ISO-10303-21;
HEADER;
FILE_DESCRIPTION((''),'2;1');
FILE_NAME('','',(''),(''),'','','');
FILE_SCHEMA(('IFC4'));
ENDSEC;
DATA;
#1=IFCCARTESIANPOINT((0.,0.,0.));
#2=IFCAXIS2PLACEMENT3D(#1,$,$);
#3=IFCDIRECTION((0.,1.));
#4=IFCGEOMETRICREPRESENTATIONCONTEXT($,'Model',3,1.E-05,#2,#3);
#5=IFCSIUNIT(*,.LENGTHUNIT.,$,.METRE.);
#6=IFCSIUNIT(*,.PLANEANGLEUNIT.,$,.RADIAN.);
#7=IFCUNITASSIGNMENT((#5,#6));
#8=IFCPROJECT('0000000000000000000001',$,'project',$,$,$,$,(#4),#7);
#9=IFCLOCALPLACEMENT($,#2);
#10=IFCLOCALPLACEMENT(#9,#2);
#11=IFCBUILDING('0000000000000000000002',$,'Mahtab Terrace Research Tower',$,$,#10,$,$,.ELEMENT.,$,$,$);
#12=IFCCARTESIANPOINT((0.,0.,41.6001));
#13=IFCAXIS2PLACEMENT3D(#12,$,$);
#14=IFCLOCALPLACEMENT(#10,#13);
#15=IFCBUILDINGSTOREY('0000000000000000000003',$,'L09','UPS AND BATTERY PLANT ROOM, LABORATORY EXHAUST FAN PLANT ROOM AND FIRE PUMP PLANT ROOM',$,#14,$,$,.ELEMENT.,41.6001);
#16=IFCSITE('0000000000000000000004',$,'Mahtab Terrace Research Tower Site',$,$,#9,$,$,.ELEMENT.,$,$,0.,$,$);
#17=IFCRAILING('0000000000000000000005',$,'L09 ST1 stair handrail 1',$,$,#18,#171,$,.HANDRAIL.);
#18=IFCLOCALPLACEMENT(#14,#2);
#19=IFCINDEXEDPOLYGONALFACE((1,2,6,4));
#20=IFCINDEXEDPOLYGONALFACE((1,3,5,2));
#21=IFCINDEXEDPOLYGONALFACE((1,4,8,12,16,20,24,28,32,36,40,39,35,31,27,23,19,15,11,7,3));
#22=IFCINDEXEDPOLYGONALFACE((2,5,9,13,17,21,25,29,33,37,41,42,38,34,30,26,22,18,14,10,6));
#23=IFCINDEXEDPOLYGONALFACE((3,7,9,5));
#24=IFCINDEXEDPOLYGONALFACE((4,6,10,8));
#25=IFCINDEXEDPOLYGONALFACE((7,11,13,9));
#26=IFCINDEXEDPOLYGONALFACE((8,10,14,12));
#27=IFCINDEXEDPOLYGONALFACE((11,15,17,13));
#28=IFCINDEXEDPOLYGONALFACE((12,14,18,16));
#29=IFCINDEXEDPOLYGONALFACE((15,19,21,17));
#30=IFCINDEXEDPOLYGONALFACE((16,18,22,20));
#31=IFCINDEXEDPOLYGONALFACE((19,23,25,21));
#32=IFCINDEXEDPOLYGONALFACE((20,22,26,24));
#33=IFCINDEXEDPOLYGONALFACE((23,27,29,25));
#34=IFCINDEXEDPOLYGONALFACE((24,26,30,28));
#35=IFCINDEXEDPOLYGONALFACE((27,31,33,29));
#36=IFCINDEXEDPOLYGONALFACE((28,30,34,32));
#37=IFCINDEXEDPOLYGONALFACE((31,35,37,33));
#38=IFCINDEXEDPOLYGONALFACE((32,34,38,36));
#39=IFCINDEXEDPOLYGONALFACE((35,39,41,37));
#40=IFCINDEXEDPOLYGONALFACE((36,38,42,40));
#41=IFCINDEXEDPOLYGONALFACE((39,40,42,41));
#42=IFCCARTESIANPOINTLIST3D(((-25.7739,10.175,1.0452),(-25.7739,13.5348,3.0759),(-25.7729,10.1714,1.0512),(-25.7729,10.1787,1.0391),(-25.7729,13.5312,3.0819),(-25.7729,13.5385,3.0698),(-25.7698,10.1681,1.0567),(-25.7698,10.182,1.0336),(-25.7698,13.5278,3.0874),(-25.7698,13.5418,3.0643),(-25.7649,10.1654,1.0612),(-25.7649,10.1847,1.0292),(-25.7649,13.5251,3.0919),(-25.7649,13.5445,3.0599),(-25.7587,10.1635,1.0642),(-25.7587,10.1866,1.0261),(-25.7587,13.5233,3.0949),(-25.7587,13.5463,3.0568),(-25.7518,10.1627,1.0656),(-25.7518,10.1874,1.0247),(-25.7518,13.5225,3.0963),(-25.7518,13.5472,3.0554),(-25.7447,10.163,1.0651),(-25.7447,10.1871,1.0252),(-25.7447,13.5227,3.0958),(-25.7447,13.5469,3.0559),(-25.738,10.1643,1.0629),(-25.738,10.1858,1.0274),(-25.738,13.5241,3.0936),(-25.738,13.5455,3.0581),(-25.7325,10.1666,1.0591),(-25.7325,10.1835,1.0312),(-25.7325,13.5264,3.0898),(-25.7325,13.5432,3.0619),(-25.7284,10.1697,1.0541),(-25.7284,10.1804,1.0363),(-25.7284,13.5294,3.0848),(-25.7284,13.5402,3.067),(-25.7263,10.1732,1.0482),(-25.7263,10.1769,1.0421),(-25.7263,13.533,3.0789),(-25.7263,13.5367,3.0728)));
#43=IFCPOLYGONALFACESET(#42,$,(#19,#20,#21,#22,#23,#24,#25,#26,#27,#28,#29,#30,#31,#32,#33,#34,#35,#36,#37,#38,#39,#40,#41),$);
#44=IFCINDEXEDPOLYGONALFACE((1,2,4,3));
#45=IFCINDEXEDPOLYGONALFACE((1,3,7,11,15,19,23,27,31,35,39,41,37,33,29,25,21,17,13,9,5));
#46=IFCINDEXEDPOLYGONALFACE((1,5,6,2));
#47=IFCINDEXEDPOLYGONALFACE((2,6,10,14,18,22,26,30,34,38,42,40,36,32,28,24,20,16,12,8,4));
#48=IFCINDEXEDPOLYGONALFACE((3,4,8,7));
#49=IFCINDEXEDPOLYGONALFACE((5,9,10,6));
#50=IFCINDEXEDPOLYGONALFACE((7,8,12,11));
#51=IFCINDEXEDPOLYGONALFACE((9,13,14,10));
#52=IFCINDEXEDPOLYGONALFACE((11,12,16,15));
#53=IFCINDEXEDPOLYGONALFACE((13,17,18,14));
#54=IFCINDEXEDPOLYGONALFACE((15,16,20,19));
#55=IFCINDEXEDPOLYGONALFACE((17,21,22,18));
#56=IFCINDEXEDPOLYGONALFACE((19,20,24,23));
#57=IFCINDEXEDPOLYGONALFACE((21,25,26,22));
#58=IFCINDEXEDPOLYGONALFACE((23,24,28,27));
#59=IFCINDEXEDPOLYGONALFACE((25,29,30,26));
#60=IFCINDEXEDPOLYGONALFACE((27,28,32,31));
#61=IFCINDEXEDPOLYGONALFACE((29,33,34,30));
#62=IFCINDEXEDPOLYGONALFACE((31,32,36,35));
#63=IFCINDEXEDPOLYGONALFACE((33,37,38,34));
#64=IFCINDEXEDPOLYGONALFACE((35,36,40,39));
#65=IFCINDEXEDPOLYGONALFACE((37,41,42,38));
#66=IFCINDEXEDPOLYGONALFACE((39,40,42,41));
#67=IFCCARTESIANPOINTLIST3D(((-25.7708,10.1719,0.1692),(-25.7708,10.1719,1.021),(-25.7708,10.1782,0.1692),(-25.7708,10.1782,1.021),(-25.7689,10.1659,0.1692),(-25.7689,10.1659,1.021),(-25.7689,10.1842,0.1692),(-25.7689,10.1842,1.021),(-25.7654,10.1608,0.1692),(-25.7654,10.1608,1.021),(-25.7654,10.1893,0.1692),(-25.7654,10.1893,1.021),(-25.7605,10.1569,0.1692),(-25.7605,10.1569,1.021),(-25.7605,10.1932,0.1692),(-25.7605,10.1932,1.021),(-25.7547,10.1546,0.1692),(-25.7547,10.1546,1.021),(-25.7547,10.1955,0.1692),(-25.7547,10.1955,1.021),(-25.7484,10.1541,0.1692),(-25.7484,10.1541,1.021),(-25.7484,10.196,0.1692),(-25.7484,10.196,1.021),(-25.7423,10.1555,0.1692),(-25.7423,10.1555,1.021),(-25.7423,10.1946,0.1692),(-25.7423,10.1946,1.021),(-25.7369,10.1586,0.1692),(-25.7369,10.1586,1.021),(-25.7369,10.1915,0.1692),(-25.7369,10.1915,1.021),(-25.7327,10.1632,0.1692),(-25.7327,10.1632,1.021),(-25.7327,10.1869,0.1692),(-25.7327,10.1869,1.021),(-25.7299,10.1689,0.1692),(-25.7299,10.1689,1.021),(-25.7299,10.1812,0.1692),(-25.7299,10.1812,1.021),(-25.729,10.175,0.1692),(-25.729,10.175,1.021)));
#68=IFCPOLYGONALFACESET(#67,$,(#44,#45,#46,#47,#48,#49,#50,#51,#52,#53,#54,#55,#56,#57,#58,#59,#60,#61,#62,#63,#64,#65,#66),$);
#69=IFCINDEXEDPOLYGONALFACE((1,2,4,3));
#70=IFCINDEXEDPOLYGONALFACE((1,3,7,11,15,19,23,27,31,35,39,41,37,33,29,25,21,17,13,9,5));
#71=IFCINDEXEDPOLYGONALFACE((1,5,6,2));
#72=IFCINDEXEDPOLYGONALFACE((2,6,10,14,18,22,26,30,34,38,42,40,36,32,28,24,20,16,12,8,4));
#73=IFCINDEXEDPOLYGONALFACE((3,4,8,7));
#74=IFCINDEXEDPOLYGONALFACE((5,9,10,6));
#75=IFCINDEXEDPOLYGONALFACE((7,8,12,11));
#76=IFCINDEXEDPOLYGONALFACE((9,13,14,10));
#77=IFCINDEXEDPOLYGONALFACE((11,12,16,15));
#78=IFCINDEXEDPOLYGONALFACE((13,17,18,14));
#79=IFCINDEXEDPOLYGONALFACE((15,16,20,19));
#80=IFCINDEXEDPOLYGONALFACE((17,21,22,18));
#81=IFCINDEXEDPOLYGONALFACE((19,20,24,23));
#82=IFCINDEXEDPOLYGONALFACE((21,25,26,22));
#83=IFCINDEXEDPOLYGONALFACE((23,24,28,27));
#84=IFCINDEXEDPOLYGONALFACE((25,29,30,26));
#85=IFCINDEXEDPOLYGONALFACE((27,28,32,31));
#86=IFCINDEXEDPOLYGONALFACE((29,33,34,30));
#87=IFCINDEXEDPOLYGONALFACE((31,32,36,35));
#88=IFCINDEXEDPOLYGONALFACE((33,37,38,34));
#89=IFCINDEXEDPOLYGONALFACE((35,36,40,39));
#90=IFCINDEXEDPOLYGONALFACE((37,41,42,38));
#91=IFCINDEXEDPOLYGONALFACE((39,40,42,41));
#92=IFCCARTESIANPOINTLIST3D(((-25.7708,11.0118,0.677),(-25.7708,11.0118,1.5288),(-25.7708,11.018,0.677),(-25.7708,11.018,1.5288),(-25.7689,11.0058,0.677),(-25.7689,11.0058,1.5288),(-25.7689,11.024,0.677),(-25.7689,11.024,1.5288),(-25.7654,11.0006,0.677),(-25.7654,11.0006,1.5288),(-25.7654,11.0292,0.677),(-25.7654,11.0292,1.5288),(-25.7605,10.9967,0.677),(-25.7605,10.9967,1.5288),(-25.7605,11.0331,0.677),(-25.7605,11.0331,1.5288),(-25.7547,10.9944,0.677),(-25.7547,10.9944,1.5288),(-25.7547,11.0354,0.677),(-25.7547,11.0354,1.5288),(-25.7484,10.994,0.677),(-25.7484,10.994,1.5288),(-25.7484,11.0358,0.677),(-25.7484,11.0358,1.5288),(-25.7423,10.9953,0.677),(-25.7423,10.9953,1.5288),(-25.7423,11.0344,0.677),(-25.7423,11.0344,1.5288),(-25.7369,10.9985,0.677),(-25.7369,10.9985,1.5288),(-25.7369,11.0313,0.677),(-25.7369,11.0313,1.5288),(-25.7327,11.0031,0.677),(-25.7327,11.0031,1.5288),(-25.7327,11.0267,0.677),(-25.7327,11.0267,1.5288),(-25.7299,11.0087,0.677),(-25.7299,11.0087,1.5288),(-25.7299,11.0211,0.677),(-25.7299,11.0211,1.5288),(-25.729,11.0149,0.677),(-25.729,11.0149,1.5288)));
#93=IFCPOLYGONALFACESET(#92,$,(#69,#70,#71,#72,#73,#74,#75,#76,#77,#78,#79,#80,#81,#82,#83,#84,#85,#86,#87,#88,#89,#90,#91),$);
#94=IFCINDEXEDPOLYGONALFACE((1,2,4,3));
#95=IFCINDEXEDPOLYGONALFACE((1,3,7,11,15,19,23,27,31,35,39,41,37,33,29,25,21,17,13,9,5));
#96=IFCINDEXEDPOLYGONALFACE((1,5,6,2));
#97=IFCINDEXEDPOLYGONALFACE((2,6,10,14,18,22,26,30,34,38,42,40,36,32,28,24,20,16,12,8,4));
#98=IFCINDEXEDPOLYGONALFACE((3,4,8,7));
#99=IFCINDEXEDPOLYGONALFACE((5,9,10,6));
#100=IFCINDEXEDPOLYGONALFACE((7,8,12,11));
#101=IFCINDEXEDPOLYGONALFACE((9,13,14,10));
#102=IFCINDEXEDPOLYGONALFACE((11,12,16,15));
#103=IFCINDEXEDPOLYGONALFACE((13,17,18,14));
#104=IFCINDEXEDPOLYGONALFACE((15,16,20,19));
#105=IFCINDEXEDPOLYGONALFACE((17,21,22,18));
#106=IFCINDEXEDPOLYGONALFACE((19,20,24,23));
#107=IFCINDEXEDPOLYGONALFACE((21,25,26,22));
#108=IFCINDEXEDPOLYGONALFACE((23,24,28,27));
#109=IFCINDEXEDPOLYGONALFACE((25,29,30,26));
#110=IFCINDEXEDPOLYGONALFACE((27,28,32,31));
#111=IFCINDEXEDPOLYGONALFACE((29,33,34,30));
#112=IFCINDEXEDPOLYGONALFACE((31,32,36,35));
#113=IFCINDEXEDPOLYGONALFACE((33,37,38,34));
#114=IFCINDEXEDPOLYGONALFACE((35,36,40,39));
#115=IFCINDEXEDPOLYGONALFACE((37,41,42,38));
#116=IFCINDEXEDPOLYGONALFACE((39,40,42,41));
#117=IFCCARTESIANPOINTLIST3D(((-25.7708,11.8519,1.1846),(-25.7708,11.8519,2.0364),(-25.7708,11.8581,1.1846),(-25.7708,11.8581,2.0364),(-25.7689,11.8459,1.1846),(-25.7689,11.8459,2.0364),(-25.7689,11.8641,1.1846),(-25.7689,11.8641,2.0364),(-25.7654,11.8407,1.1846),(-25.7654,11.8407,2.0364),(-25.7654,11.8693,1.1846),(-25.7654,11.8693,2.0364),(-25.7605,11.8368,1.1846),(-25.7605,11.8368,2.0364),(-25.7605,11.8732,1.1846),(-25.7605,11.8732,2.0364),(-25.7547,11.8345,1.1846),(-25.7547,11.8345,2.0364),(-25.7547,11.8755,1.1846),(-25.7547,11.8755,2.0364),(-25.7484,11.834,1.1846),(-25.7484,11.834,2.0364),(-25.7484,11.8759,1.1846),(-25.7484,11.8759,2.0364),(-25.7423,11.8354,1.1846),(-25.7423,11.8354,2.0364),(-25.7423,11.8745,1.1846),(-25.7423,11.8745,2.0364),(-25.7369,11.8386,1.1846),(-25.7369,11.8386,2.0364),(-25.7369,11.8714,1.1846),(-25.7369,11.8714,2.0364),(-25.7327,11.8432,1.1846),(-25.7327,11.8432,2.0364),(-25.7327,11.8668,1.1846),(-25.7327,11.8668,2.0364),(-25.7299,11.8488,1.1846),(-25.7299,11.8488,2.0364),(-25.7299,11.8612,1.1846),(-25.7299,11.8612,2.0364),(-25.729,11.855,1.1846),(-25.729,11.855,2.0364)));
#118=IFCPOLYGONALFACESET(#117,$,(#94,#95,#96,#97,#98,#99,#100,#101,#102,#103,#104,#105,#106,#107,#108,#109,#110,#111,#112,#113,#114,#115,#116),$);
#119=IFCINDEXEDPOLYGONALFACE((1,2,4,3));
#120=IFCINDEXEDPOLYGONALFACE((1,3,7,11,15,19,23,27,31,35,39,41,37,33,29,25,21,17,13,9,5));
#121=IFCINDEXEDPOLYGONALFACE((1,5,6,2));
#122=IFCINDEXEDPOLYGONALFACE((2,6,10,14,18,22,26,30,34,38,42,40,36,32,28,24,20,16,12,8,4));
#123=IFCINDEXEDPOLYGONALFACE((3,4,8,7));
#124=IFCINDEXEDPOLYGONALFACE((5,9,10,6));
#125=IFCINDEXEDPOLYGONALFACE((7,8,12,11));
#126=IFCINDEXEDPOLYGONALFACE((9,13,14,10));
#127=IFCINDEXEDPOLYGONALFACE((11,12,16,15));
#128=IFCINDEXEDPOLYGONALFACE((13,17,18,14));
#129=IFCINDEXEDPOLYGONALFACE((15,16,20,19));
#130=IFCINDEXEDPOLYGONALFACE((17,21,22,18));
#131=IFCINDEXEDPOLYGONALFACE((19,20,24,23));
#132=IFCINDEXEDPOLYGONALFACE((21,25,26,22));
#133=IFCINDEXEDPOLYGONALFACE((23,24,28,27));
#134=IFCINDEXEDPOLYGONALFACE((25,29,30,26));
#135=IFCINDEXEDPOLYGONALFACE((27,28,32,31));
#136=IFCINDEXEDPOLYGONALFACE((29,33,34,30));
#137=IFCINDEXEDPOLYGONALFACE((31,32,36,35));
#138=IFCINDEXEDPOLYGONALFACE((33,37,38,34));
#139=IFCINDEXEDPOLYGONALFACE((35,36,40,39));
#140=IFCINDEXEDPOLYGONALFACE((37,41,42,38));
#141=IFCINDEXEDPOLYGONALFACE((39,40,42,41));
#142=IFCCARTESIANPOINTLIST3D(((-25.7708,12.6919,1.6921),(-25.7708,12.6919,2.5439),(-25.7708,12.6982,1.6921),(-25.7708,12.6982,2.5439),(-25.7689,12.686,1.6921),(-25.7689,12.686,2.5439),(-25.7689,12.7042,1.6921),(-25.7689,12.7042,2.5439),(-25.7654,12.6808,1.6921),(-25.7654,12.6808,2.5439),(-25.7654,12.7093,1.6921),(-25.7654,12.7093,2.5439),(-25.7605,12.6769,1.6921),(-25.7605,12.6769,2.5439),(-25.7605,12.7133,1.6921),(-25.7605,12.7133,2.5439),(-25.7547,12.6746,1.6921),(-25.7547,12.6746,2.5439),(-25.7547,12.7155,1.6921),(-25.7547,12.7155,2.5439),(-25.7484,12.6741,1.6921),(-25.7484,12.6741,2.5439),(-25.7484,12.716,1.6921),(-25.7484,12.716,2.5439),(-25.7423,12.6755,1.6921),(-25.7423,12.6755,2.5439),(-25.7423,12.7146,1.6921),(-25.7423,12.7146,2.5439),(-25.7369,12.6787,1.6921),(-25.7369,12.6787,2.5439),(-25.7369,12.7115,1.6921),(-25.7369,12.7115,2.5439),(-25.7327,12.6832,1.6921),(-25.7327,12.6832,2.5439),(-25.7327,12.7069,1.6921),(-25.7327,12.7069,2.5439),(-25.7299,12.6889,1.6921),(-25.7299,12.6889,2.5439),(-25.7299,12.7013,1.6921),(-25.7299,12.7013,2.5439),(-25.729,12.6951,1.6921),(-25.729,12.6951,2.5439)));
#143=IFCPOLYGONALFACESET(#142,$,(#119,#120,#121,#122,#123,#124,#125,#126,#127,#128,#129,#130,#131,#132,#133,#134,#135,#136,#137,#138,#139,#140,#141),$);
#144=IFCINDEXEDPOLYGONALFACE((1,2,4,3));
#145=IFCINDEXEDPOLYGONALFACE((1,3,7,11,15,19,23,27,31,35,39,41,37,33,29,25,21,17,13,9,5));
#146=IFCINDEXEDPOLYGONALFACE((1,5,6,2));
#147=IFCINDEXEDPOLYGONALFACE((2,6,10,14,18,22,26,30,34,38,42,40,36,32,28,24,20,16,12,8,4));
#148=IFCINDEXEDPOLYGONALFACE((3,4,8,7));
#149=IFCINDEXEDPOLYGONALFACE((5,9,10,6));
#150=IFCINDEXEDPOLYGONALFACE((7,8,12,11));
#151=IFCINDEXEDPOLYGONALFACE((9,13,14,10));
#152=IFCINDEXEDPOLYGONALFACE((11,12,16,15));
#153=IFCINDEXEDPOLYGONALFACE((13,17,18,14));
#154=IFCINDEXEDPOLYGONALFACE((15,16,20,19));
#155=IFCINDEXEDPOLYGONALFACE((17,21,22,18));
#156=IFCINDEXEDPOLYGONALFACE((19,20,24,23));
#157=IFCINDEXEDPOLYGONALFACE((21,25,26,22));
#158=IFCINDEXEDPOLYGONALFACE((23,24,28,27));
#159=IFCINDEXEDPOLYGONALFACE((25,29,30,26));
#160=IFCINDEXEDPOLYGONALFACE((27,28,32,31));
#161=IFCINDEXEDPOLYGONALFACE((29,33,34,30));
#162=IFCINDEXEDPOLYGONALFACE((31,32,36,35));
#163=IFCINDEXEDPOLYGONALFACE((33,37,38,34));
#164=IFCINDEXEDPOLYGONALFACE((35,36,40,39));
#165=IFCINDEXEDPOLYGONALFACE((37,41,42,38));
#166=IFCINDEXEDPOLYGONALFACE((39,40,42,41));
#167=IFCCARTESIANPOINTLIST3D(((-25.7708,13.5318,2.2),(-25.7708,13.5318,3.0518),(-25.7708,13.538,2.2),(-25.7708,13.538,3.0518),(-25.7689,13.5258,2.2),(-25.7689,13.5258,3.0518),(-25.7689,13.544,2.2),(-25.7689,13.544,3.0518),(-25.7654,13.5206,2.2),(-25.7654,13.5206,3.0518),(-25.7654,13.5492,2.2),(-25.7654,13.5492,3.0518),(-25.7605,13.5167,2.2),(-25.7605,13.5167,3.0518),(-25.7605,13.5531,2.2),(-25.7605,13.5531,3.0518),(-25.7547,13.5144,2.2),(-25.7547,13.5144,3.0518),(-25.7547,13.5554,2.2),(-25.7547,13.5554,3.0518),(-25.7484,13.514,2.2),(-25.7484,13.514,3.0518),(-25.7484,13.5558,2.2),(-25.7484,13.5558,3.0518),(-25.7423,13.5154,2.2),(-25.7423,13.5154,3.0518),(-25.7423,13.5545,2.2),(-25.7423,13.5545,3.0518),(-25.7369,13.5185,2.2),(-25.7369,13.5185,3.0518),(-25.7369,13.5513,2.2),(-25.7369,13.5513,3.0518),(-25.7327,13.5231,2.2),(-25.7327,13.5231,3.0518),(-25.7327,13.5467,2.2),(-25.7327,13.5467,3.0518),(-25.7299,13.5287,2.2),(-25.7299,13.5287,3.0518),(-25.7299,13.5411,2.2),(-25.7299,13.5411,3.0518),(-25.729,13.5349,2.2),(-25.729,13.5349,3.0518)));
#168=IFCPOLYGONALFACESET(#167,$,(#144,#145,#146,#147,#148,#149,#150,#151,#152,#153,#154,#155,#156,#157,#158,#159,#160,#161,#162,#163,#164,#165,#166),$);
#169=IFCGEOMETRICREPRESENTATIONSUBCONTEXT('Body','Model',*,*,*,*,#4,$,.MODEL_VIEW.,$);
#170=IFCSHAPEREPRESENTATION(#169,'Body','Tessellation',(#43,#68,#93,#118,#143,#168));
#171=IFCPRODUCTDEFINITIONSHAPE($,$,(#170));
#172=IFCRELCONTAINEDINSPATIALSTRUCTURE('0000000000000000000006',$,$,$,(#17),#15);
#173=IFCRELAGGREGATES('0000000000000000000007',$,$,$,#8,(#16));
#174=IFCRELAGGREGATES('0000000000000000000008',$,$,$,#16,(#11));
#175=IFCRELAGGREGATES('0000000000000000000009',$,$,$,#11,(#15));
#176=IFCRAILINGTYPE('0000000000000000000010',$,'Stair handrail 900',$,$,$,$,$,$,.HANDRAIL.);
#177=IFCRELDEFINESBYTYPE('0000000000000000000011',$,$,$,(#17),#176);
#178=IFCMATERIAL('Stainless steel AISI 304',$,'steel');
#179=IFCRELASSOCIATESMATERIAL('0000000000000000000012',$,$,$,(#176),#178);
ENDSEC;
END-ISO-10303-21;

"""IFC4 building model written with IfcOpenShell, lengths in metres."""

from ifc_helpers import new_model, si_unit, direction, frame, origin, origin_2d, place, context, subcontext, project, spatial, circle, extrude, material, type_object, element, save


model = new_model("IFC4")

# Units and contexts
model_context = context("Model", 3, precision=1e-05, world=origin(), true_north=direction((0.0, 1.0)))
body_context = subcontext(model_context, "Body", "Model", "MODEL_VIEW")
ifc_project = project(units=[si_unit("LENGTHUNIT", "METRE"), si_unit("PLANEANGLEUNIT", "RADIAN")], contexts=[model_context])

# Site, building, storey
site_placement = place(None, origin())
site = spatial("IfcSite", under=ifc_project, at=site_placement, Name="Mahtab Terrace Research Tower Site", CompositionType="ELEMENT", RefElevation=0.0)
building_placement = place(site_placement, origin())
building = spatial("IfcBuilding", under=site, at=building_placement, Name="Mahtab Terrace Research Tower", CompositionType="ELEMENT")
storey_placement = place(building_placement, frame((0.0, 0.0, 41.6001)))
storey = spatial("IfcBuildingStorey", under=building, at=storey_placement, Name="L09", Description="UPS AND BATTERY PLANT ROOM, LABORATORY EXHAUST FAN PLANT ROOM AND FIRE PUMP PLANT ROOM", CompositionType="ELEMENT", Elevation=41.6001)

# Railing
ifc_material_1 = material(Name="Stainless steel AISI 304", Category="steel")
railing_type_1 = type_object("IfcRailingType", Name="Stair handrail 900", PredefinedType="HANDRAIL", material=ifc_material_1)
railing_1_placement = place(storey_placement, frame((-25.75, 10.175, 0.1692)))
element("IfcRailing", 1, at=railing_1_placement, inside=storey, type_object=railing_type_1, Name="L09 ST1 stair handrail 1", PredefinedType="HANDRAIL", context=body_context, shape_type="SweptSolid", body=[
    extrude(circle(Radius=0.0239, at=origin_2d()), frame((0.0, 0.0, 0.876), z_axis=(0.0, 0.85582, 0.517273), x_axis=(-1.0, 0.0, 0.0)), (0.0, 0.0, 1.0), 3.9258),
    extrude(circle(Radius=0.021, at=origin_2d()), origin(), (0.0, 0.0, 1.0), 0.8518),
    extrude(circle(Radius=0.021, at=origin_2d()), frame((0.0, 0.8398, 0.5078)), (0.0, 0.0, 1.0), 0.8518),
    extrude(circle(Radius=0.021, at=origin_2d()), frame((0.0, 1.6799, 1.0154)), (0.0, 0.0, 1.0), 0.8518),
    extrude(circle(Radius=0.021, at=origin_2d()), frame((0.0, 2.52, 1.5229)), (0.0, 0.0, 1.0), 0.8518),
    extrude(circle(Radius=0.021, at=origin_2d()), frame((0.0, 3.3599, 2.0308)), (0.0, 0.0, 1.0), 0.8518),
])

save(model, "model.ifc")
